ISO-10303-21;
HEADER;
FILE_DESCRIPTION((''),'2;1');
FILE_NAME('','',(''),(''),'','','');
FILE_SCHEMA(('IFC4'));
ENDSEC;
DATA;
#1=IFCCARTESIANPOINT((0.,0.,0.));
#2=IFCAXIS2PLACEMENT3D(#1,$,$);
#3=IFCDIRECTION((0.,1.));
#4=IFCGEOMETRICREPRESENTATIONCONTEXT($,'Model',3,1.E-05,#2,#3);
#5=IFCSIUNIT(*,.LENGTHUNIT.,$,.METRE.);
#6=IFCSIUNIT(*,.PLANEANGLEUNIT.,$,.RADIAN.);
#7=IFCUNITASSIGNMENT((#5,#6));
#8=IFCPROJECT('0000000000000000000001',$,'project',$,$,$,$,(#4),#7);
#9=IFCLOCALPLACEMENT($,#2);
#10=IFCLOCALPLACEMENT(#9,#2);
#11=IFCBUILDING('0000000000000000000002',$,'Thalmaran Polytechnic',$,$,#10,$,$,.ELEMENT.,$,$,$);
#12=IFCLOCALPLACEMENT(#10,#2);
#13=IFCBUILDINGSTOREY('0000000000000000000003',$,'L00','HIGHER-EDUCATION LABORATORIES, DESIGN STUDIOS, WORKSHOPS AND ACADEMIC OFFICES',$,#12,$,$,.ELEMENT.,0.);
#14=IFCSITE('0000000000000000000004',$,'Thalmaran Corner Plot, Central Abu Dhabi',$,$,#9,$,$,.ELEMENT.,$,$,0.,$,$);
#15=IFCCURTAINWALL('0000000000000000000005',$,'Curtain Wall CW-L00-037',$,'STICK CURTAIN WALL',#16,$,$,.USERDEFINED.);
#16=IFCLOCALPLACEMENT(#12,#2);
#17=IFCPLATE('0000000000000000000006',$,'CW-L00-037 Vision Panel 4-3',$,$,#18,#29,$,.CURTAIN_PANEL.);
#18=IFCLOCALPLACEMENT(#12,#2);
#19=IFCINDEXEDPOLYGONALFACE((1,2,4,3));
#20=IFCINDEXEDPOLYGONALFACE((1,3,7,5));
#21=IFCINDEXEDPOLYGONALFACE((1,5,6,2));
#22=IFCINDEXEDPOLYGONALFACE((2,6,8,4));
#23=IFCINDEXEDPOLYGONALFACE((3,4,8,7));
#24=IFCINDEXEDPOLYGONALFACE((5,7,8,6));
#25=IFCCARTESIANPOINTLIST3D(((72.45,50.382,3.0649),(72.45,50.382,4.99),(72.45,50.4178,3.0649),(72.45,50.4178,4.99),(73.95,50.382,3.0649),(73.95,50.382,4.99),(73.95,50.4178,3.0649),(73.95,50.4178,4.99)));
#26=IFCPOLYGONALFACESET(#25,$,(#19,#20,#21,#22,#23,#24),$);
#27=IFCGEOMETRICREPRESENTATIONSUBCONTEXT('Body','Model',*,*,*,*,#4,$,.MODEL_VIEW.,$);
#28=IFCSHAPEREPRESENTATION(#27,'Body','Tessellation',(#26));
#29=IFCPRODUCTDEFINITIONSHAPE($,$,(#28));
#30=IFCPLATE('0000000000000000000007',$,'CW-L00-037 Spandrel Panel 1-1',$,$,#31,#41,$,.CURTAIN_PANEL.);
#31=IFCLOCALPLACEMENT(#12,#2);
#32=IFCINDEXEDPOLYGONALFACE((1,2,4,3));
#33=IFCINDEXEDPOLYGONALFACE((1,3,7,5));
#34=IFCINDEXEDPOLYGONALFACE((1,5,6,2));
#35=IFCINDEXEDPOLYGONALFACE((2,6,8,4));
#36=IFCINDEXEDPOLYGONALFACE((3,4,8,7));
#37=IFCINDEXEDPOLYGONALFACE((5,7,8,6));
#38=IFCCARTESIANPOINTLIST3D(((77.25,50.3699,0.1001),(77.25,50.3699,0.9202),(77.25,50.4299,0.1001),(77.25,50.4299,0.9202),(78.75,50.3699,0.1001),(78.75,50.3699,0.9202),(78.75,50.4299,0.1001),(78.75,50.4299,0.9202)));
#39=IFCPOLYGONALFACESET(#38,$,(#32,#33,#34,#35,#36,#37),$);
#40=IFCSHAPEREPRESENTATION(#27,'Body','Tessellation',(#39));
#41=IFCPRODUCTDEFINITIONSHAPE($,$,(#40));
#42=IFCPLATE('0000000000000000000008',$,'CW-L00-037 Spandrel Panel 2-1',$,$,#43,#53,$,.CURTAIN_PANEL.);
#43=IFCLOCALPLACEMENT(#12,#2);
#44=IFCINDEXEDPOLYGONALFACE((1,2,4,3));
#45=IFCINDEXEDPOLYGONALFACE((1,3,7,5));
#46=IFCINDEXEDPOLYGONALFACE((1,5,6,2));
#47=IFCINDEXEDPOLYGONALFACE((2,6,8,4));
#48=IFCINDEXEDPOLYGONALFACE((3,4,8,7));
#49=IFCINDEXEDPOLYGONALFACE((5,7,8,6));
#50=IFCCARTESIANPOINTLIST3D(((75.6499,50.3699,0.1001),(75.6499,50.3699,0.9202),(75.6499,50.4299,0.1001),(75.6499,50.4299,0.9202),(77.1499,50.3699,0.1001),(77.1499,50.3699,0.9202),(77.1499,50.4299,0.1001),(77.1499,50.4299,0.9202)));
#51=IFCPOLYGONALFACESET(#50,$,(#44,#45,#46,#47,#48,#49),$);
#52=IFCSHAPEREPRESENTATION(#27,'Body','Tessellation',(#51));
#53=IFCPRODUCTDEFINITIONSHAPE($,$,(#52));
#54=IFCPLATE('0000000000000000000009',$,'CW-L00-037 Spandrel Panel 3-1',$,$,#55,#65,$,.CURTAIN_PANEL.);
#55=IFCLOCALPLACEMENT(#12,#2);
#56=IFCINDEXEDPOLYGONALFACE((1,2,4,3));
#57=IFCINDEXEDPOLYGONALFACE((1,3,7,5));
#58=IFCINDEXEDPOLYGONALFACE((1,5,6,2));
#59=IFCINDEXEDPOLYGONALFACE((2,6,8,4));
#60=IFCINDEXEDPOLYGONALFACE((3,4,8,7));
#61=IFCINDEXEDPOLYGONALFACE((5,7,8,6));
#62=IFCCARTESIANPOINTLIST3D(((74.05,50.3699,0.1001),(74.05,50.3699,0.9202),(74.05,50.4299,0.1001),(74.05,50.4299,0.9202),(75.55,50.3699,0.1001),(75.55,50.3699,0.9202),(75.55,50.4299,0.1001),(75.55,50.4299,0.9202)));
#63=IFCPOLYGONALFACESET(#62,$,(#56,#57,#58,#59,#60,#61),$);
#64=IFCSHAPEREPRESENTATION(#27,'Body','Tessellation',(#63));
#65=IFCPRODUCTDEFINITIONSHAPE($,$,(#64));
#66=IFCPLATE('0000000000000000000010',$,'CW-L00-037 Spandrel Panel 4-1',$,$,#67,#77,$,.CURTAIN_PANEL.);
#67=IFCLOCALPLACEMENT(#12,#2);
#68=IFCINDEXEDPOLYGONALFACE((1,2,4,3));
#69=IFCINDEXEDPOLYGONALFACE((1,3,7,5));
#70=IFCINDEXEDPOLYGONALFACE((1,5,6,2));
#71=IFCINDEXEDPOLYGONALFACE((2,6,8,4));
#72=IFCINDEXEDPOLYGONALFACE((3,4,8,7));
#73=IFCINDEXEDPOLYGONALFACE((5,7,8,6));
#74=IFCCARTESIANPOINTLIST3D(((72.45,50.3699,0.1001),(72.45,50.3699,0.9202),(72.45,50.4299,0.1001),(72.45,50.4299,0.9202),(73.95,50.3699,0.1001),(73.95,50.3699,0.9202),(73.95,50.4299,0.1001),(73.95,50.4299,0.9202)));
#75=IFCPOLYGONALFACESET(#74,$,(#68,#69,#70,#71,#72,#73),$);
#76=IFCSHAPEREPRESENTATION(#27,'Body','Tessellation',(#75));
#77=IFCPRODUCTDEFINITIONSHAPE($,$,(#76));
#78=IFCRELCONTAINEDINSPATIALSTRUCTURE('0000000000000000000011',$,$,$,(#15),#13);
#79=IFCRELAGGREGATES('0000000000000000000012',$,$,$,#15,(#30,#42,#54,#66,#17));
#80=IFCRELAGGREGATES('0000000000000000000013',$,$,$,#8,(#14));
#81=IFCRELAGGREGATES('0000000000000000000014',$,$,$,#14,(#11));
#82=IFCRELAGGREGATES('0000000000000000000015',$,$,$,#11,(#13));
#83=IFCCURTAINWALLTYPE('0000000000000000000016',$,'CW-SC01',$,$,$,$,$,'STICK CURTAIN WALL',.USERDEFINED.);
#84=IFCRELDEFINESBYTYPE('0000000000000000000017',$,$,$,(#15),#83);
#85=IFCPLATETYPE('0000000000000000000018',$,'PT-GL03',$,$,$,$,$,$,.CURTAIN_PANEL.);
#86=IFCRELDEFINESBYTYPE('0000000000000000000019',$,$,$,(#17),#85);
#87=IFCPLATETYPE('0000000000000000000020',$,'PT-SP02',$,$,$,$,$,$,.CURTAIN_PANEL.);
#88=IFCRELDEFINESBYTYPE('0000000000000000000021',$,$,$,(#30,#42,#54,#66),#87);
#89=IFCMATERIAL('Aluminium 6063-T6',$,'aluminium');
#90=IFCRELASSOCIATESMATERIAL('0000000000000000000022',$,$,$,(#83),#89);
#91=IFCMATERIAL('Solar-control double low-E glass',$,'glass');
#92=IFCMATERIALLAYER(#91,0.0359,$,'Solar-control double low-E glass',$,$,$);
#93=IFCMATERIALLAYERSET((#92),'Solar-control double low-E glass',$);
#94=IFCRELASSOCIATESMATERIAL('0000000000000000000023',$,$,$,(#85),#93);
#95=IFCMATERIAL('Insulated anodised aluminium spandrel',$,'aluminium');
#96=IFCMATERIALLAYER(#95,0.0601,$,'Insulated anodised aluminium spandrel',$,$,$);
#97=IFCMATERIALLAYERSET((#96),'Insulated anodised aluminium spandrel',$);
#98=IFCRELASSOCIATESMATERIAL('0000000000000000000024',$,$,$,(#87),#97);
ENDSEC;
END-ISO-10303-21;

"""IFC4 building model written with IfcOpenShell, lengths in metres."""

from ifc_helpers import new_model, si_unit, direction, frame, origin, origin_2d, place, context, subcontext, project, spatial, rectangle, extrude, material, layer, layer_set, type_object, element, aggregate, save


model = new_model("IFC4")

# Units and contexts
model_context = context("Model", 3, precision=1e-05, world=origin(), true_north=direction((0.0, 1.0)))
body_context = subcontext(model_context, "Body", "Model", "MODEL_VIEW")
ifc_project = project(units=[si_unit("LENGTHUNIT", "METRE"), si_unit("PLANEANGLEUNIT", "RADIAN")], contexts=[model_context])

# Site, building, storey
site_placement = place(None, origin())
site = spatial("IfcSite", under=ifc_project, at=site_placement, Name="Thalmaran Corner Plot, Central Abu Dhabi", CompositionType="ELEMENT", RefElevation=0.0)
building_placement = place(site_placement, origin())
building = spatial("IfcBuilding", under=site, at=building_placement, Name="Thalmaran Polytechnic", CompositionType="ELEMENT")
storey_placement = place(building_placement, origin())
storey = spatial("IfcBuildingStorey", under=building, at=storey_placement, Name="L00", Description="HIGHER-EDUCATION LABORATORIES, DESIGN STUDIOS, WORKSHOPS AND ACADEMIC OFFICES", CompositionType="ELEMENT", Elevation=0.0)

# Shared definitions
ifc_material_1 = material(Name="Aluminium 6063-T6", Category="aluminium")
curtain_wall_type = type_object("IfcCurtainWallType", Name="CW-SC01", ElementType="STICK CURTAIN WALL", PredefinedType="USERDEFINED", material=ifc_material_1)

# Curtain wall
curtain_wall_1_placement = place(storey_placement, origin())
curtain_wall_1 = element("IfcCurtainWall", 1, at=curtain_wall_1_placement, inside=storey, type_object=curtain_wall_type, Name="Curtain Wall CW-L00-037", ObjectType="STICK CURTAIN WALL", PredefinedType="USERDEFINED")

# Plates
ifc_material_2 = material(Name="Solar-control double low-E glass", Category="glass")
ifc_layer_1 = layer(ifc_material_2, 0.0359, Name="Solar-control double low-E glass")
ifc_layer_set_1 = layer_set([ifc_layer_1], Name="Solar-control double low-E glass")
plate_type_1 = type_object("IfcPlateType", Name="PT-GL03", PredefinedType="CURTAIN_PANEL", material=ifc_layer_set_1)
plate_1_placement = place(storey_placement, frame((73.2, 50.3999, 3.0649), z_axis=(0.0, 0.0, 1.0), x_axis=(-1.0, 0.0, 0.0)))
plate_1 = element("IfcPlate", 2, at=plate_1_placement, type_object=plate_type_1, Name="CW-L00-037 Vision Panel 4-3", PredefinedType="CURTAIN_PANEL", context=body_context, shape_type="SweptSolid", body=[
    extrude(rectangle(XDim=1.5, YDim=0.0359, at=origin_2d()), origin(), (0.0, 0.0, 1.0), 1.925),
])
ifc_material_3 = material(Name="Insulated anodised aluminium spandrel", Category="aluminium")
ifc_layer_2 = layer(ifc_material_3, 0.0601, Name="Insulated anodised aluminium spandrel")
ifc_layer_set_2 = layer_set([ifc_layer_2], Name="Insulated anodised aluminium spandrel")
plate_type_2 = type_object("IfcPlateType", Name="PT-SP02", PredefinedType="CURTAIN_PANEL", material=ifc_layer_set_2)
plate_2_placement = place(storey_placement, frame((78.0, 50.3999, 0.1001), z_axis=(0.0, 0.0, 1.0), x_axis=(-1.0, 0.0, 0.0)))
plate_2 = element("IfcPlate", 3, at=plate_2_placement, type_object=plate_type_2, Name="CW-L00-037 Spandrel Panel 1-1", PredefinedType="CURTAIN_PANEL", context=body_context, shape_type="SweptSolid", body=[
    extrude(rectangle(XDim=1.5, YDim=0.0601, at=origin_2d()), origin(), (0.0, 0.0, 1.0), 0.8201),
])
plate_3_placement = place(storey_placement, frame((76.3999, 50.3999, 0.1001), z_axis=(0.0, 0.0, 1.0), x_axis=(-1.0, 0.0, 0.0)))
plate_3 = element("IfcPlate", 4, at=plate_3_placement, type_object=plate_type_2, Name="CW-L00-037 Spandrel Panel 2-1", PredefinedType="CURTAIN_PANEL", context=body_context, shape_type="SweptSolid", body=[
    extrude(rectangle(XDim=1.5, YDim=0.0601, at=origin_2d()), origin(), (0.0, 0.0, 1.0), 0.8201),
])
plate_4_placement = place(storey_placement, frame((74.8, 50.3999, 0.1001), z_axis=(0.0, 0.0, 1.0), x_axis=(-1.0, 0.0, 0.0)))
plate_4 = element("IfcPlate", 5, at=plate_4_placement, type_object=plate_type_2, Name="CW-L00-037 Spandrel Panel 3-1", PredefinedType="CURTAIN_PANEL", context=body_context, shape_type="SweptSolid", body=[
    extrude(rectangle(XDim=1.5, YDim=0.0601, at=origin_2d()), origin(), (0.0, 0.0, 1.0), 0.8201),
])
plate_5_placement = place(storey_placement, frame((73.2, 50.3999, 0.1001), z_axis=(0.0, 0.0, 1.0), x_axis=(-1.0, 0.0, 0.0)))
plate_5 = element("IfcPlate", 6, at=plate_5_placement, type_object=plate_type_2, Name="CW-L00-037 Spandrel Panel 4-1", PredefinedType="CURTAIN_PANEL", context=body_context, shape_type="SweptSolid", body=[
    extrude(rectangle(XDim=1.5, YDim=0.0601, at=origin_2d()), origin(), (0.0, 0.0, 1.0), 0.8201),
])
aggregate(curtain_wall_1, [plate_2, plate_3, plate_4, plate_5, plate_1])

save(model, "model.ifc")
